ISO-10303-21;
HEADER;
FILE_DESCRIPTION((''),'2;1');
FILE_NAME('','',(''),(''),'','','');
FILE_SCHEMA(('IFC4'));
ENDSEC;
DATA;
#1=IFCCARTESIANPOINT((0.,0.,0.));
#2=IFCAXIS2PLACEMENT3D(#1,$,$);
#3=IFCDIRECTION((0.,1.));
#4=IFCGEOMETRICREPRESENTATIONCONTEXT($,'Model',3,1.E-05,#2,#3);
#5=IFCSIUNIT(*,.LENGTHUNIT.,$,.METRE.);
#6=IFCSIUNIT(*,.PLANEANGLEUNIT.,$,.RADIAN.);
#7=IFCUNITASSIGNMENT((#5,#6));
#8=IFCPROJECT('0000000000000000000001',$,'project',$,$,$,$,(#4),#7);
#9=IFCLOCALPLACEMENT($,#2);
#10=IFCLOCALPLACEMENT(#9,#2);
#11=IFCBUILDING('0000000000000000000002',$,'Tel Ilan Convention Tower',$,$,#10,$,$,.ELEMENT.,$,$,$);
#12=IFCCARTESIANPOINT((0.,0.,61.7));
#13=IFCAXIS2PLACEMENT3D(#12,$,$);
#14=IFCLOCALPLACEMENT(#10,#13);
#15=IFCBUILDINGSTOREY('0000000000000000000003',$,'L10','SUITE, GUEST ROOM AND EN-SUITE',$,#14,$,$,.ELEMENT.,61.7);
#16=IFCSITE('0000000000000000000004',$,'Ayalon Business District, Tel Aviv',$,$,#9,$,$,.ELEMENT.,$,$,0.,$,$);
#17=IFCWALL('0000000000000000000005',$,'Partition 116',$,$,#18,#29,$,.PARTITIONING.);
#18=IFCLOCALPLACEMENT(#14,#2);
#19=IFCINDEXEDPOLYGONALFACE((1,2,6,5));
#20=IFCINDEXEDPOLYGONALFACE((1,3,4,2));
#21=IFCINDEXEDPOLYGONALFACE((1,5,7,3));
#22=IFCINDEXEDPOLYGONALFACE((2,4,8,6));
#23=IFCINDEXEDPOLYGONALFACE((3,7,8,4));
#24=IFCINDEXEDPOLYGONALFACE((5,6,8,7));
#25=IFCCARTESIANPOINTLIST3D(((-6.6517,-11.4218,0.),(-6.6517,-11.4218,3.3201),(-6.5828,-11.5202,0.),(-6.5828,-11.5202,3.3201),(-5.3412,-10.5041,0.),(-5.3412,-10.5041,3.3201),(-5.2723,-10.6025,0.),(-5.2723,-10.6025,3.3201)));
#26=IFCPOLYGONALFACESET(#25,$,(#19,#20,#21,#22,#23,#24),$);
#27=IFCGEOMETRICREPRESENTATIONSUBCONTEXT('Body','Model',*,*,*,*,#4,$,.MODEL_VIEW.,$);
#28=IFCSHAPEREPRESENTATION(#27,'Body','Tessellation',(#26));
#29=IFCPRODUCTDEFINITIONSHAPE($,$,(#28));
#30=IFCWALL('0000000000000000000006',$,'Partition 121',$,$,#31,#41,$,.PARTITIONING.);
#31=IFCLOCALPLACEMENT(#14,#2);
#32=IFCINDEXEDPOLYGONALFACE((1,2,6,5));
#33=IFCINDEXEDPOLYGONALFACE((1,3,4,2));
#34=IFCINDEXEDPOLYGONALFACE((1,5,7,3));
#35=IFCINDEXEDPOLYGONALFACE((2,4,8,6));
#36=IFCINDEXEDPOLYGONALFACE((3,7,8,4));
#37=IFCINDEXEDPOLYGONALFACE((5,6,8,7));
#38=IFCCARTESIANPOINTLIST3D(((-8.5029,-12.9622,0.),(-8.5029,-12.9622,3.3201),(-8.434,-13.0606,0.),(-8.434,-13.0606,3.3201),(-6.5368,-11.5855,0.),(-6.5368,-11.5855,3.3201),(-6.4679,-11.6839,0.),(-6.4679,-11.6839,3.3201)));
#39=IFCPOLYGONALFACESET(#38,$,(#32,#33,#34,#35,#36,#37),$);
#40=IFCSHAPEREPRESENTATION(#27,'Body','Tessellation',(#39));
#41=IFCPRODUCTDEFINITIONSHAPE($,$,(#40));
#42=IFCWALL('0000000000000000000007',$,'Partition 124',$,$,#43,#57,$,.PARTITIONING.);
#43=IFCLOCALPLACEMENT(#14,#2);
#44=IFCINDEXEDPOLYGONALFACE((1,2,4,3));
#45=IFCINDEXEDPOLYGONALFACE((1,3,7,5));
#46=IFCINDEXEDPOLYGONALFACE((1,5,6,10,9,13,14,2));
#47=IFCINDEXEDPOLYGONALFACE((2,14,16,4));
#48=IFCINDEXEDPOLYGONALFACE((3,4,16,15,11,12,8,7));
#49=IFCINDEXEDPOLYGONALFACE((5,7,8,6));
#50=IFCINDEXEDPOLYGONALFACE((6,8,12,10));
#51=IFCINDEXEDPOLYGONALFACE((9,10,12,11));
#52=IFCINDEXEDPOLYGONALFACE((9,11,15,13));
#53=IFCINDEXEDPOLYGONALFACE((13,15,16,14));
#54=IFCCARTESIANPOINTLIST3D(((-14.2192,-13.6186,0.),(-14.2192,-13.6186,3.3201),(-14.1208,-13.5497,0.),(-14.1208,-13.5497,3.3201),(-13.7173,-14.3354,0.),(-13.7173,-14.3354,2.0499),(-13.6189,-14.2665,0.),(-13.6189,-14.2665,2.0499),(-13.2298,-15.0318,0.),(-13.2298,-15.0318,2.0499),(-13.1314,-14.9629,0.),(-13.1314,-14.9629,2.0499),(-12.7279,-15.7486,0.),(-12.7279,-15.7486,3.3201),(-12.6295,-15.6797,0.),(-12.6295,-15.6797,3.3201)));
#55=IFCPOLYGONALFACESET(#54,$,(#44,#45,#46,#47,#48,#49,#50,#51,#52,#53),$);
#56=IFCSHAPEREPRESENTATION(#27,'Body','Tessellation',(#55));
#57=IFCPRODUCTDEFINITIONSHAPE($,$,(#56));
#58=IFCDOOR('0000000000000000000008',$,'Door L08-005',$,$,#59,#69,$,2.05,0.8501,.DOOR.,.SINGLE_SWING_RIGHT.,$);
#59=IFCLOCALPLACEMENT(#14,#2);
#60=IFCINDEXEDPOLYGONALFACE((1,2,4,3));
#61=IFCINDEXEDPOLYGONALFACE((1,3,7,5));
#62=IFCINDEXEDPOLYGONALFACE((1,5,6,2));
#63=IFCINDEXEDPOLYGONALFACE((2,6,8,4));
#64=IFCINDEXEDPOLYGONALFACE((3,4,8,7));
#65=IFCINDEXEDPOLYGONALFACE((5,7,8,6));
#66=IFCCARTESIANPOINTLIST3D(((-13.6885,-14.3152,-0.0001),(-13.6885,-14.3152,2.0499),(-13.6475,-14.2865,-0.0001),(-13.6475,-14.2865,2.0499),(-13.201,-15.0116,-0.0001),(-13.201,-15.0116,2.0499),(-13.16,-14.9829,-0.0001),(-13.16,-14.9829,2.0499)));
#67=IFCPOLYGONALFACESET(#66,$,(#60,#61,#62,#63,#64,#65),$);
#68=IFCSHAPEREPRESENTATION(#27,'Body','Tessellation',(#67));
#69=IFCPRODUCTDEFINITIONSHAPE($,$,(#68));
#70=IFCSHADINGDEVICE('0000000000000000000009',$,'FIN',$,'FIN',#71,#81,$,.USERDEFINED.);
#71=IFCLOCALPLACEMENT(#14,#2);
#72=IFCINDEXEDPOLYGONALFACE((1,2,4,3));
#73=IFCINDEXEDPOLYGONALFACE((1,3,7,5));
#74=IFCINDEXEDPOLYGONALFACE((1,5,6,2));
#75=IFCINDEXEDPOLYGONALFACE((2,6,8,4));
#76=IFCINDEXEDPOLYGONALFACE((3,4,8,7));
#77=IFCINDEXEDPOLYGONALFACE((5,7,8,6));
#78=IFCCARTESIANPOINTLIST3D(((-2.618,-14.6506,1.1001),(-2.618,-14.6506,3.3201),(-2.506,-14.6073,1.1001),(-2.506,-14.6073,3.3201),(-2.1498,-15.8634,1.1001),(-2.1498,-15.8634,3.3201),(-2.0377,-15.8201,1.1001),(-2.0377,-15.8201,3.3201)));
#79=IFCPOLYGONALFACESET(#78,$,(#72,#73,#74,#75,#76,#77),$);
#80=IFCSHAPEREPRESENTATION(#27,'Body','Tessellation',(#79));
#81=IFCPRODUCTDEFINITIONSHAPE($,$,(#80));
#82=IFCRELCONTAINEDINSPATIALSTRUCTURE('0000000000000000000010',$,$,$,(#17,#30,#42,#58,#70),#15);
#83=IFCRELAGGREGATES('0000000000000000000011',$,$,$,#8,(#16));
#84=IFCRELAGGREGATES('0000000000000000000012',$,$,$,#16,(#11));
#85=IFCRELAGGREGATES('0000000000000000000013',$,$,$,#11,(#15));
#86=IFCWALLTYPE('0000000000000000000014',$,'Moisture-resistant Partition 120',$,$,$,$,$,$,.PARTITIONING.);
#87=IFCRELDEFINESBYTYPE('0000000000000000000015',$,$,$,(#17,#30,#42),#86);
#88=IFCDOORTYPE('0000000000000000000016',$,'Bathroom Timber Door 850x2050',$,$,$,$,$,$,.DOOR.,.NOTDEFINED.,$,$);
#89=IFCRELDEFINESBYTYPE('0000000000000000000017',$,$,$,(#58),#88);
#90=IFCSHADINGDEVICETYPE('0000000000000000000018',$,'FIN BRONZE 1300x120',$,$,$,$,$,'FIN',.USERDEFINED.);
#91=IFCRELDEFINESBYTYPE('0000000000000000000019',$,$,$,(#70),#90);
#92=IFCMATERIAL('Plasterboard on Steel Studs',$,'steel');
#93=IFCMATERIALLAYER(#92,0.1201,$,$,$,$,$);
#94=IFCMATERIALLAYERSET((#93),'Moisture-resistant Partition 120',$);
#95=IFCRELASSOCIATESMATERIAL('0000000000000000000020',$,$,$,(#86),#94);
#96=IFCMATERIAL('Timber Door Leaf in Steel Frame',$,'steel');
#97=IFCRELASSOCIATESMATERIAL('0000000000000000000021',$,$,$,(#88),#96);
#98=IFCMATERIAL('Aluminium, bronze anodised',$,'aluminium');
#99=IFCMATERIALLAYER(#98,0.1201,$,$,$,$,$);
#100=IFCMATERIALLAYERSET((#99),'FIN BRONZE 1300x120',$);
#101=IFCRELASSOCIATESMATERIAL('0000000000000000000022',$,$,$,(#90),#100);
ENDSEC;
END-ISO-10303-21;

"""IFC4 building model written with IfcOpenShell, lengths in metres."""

from ifc_helpers import new_model, si_unit, direction, frame, frame_2d, origin, origin_2d, place, context, subcontext, project, spatial, rectangle, extrude, material, layer, layer_set, type_object, element, fill, save


model = new_model("IFC4")

# Units and contexts
model_context = context("Model", 3, precision=1e-05, world=origin(), true_north=direction((0.0, 1.0)))
body_context = subcontext(model_context, "Body", "Model", "MODEL_VIEW")
ifc_project = project(units=[si_unit("LENGTHUNIT", "METRE"), si_unit("PLANEANGLEUNIT", "RADIAN")], contexts=[model_context])

# Site, building, storey
site_placement = place(None, origin())
site = spatial("IfcSite", under=ifc_project, at=site_placement, Name="Ayalon Business District, Tel Aviv", CompositionType="ELEMENT", RefElevation=0.0)
building_placement = place(site_placement, origin())
building = spatial("IfcBuilding", under=site, at=building_placement, Name="Tel Ilan Convention Tower", CompositionType="ELEMENT")
storey_placement = place(building_placement, frame((0.0, 0.0, 61.7)))
storey = spatial("IfcBuildingStorey", under=building, at=storey_placement, Name="L10", Description="SUITE, GUEST ROOM AND EN-SUITE", CompositionType="ELEMENT", Elevation=61.7)

# Walls
ifc_material_1 = material(Name="Plasterboard on Steel Studs", Category="steel")
ifc_layer_1 = layer(ifc_material_1, 0.1201)
ifc_layer_set_1 = layer_set([ifc_layer_1], Name="Moisture-resistant Partition 120")
wall_type_1 = type_object("IfcWallType", Name="Moisture-resistant Partition 120", PredefinedType="PARTITIONING", material=ifc_layer_set_1)
wall_1_placement = place(storey_placement, frame((-6.6172, -11.4709, 0.0), z_axis=(0.0, 0.0, 1.0), x_axis=(0.819132, 0.573606, 0.0)))
element("IfcWall", 1, at=wall_1_placement, inside=storey, type_object=wall_type_1, Name="Partition 116", PredefinedType="PARTITIONING", context=body_context, shape_type="SweptSolid", body=[
    extrude(rectangle(XDim=1.5999, YDim=0.1201, at=frame_2d((0.7998, 0.0))), origin(), (0.0, 0.0, 1.0), 3.3201),
])
wall_2_placement = place(storey_placement, frame((-8.4685, -13.0115, 0.0), z_axis=(0.0, 0.0, 1.0), x_axis=(0.819141, 0.573592, 0.0)))
element("IfcWall", 2, at=wall_2_placement, inside=storey, type_object=wall_type_1, Name="Partition 121", PredefinedType="PARTITIONING", context=body_context, shape_type="SweptSolid", body=[
    extrude(rectangle(XDim=2.4001, YDim=0.1201, at=frame_2d((1.2002, 0.0))), origin(), (0.0, 0.0, 1.0), 3.3201),
])

# Wall, opening, door
wall_3_placement = place(storey_placement, frame((-12.6787, -15.7141, 0.0), z_axis=(0.0, 0.0, 1.0), x_axis=(-0.573538, 0.819179, 0.0)))
wall_3 = element("IfcWall", 3, at=wall_3_placement, inside=storey, type_object=wall_type_1, Name="Partition 124", PredefinedType="PARTITIONING", context=body_context, shape_type="SweptSolid", body=[
    extrude(rectangle(XDim=2.6001, YDim=0.1201, at=frame_2d((1.3, 0.0))), origin(), (0.0, 0.0, 1.0), 3.3201),
])
opening_1_placement = place(wall_3_placement, frame((0.875, 0.0, 0.0)))
opening_1 = element("IfcOpeningElement", 4, at=opening_1_placement, cuts=wall_3, PredefinedType="OPENING", context=body_context, shape_type="SweptSolid", body=[
    extrude(rectangle(XDim=0.8501, YDim=2.05, at=frame_2d((0.425, 1.0249))), frame((0.0, 0.0701, 0.0), z_axis=(0.0, -1.0, 0.0), x_axis=(1.0, 0.0, 0.0)), (0.0, 0.0, 1.0), 0.1401),
])
ifc_material_2 = material(Name="Timber Door Leaf in Steel Frame", Category="steel")
door_type_1 = type_object("IfcDoorType", Name="Bathroom Timber Door 850x2050", OperationType="NOTDEFINED", PredefinedType="DOOR", material=ifc_material_2)
door_1_placement = place(opening_1_placement, origin())
door_1 = element("IfcDoor", 5, at=door_1_placement, inside=storey, type_object=door_type_1, Name="Door L08-005", OperationType="SINGLE_SWING_RIGHT", OverallHeight=2.05, OverallWidth=0.8501, PredefinedType="DOOR", context=body_context, shape_type="SweptSolid", body=[
    extrude(rectangle(XDim=0.8501, YDim=2.05, at=frame_2d((0.425, 1.0249))), frame((0.0, 0.0249, 0.0), z_axis=(0.0, -1.0, 0.0), x_axis=(1.0, 0.0, 0.0)), (0.0, 0.0, 1.0), 0.05),
])
fill(opening_1, door_1)

# Shading device
ifc_material_3 = material(Name="Aluminium, bronze anodised", Category="aluminium")
ifc_layer_2 = layer(ifc_material_3, 0.1201)
ifc_layer_set_2 = layer_set([ifc_layer_2], Name="FIN BRONZE 1300x120")
shading_device_type = type_object("IfcShadingDeviceType", Name="FIN BRONZE 1300x120", ElementType="FIN", PredefinedType="USERDEFINED", material=ifc_layer_set_2)
shading_device_placement = place(storey_placement, frame((-2.3279, -15.2354, 1.1001), z_axis=(0.0, 0.0, 1.0), x_axis=(0.360178, -0.932884, 0.0)))
element("IfcShadingDevice", 6, at=shading_device_placement, inside=storey, type_object=shading_device_type, Name="FIN", ObjectType="FIN", PredefinedType="USERDEFINED", context=body_context, shape_type="SweptSolid", body=[
    extrude(rectangle(XDim=1.3, YDim=0.1201, at=origin_2d()), origin(), (0.0, 0.0, 1.0), 2.22),
])

save(model, "model.ifc")
